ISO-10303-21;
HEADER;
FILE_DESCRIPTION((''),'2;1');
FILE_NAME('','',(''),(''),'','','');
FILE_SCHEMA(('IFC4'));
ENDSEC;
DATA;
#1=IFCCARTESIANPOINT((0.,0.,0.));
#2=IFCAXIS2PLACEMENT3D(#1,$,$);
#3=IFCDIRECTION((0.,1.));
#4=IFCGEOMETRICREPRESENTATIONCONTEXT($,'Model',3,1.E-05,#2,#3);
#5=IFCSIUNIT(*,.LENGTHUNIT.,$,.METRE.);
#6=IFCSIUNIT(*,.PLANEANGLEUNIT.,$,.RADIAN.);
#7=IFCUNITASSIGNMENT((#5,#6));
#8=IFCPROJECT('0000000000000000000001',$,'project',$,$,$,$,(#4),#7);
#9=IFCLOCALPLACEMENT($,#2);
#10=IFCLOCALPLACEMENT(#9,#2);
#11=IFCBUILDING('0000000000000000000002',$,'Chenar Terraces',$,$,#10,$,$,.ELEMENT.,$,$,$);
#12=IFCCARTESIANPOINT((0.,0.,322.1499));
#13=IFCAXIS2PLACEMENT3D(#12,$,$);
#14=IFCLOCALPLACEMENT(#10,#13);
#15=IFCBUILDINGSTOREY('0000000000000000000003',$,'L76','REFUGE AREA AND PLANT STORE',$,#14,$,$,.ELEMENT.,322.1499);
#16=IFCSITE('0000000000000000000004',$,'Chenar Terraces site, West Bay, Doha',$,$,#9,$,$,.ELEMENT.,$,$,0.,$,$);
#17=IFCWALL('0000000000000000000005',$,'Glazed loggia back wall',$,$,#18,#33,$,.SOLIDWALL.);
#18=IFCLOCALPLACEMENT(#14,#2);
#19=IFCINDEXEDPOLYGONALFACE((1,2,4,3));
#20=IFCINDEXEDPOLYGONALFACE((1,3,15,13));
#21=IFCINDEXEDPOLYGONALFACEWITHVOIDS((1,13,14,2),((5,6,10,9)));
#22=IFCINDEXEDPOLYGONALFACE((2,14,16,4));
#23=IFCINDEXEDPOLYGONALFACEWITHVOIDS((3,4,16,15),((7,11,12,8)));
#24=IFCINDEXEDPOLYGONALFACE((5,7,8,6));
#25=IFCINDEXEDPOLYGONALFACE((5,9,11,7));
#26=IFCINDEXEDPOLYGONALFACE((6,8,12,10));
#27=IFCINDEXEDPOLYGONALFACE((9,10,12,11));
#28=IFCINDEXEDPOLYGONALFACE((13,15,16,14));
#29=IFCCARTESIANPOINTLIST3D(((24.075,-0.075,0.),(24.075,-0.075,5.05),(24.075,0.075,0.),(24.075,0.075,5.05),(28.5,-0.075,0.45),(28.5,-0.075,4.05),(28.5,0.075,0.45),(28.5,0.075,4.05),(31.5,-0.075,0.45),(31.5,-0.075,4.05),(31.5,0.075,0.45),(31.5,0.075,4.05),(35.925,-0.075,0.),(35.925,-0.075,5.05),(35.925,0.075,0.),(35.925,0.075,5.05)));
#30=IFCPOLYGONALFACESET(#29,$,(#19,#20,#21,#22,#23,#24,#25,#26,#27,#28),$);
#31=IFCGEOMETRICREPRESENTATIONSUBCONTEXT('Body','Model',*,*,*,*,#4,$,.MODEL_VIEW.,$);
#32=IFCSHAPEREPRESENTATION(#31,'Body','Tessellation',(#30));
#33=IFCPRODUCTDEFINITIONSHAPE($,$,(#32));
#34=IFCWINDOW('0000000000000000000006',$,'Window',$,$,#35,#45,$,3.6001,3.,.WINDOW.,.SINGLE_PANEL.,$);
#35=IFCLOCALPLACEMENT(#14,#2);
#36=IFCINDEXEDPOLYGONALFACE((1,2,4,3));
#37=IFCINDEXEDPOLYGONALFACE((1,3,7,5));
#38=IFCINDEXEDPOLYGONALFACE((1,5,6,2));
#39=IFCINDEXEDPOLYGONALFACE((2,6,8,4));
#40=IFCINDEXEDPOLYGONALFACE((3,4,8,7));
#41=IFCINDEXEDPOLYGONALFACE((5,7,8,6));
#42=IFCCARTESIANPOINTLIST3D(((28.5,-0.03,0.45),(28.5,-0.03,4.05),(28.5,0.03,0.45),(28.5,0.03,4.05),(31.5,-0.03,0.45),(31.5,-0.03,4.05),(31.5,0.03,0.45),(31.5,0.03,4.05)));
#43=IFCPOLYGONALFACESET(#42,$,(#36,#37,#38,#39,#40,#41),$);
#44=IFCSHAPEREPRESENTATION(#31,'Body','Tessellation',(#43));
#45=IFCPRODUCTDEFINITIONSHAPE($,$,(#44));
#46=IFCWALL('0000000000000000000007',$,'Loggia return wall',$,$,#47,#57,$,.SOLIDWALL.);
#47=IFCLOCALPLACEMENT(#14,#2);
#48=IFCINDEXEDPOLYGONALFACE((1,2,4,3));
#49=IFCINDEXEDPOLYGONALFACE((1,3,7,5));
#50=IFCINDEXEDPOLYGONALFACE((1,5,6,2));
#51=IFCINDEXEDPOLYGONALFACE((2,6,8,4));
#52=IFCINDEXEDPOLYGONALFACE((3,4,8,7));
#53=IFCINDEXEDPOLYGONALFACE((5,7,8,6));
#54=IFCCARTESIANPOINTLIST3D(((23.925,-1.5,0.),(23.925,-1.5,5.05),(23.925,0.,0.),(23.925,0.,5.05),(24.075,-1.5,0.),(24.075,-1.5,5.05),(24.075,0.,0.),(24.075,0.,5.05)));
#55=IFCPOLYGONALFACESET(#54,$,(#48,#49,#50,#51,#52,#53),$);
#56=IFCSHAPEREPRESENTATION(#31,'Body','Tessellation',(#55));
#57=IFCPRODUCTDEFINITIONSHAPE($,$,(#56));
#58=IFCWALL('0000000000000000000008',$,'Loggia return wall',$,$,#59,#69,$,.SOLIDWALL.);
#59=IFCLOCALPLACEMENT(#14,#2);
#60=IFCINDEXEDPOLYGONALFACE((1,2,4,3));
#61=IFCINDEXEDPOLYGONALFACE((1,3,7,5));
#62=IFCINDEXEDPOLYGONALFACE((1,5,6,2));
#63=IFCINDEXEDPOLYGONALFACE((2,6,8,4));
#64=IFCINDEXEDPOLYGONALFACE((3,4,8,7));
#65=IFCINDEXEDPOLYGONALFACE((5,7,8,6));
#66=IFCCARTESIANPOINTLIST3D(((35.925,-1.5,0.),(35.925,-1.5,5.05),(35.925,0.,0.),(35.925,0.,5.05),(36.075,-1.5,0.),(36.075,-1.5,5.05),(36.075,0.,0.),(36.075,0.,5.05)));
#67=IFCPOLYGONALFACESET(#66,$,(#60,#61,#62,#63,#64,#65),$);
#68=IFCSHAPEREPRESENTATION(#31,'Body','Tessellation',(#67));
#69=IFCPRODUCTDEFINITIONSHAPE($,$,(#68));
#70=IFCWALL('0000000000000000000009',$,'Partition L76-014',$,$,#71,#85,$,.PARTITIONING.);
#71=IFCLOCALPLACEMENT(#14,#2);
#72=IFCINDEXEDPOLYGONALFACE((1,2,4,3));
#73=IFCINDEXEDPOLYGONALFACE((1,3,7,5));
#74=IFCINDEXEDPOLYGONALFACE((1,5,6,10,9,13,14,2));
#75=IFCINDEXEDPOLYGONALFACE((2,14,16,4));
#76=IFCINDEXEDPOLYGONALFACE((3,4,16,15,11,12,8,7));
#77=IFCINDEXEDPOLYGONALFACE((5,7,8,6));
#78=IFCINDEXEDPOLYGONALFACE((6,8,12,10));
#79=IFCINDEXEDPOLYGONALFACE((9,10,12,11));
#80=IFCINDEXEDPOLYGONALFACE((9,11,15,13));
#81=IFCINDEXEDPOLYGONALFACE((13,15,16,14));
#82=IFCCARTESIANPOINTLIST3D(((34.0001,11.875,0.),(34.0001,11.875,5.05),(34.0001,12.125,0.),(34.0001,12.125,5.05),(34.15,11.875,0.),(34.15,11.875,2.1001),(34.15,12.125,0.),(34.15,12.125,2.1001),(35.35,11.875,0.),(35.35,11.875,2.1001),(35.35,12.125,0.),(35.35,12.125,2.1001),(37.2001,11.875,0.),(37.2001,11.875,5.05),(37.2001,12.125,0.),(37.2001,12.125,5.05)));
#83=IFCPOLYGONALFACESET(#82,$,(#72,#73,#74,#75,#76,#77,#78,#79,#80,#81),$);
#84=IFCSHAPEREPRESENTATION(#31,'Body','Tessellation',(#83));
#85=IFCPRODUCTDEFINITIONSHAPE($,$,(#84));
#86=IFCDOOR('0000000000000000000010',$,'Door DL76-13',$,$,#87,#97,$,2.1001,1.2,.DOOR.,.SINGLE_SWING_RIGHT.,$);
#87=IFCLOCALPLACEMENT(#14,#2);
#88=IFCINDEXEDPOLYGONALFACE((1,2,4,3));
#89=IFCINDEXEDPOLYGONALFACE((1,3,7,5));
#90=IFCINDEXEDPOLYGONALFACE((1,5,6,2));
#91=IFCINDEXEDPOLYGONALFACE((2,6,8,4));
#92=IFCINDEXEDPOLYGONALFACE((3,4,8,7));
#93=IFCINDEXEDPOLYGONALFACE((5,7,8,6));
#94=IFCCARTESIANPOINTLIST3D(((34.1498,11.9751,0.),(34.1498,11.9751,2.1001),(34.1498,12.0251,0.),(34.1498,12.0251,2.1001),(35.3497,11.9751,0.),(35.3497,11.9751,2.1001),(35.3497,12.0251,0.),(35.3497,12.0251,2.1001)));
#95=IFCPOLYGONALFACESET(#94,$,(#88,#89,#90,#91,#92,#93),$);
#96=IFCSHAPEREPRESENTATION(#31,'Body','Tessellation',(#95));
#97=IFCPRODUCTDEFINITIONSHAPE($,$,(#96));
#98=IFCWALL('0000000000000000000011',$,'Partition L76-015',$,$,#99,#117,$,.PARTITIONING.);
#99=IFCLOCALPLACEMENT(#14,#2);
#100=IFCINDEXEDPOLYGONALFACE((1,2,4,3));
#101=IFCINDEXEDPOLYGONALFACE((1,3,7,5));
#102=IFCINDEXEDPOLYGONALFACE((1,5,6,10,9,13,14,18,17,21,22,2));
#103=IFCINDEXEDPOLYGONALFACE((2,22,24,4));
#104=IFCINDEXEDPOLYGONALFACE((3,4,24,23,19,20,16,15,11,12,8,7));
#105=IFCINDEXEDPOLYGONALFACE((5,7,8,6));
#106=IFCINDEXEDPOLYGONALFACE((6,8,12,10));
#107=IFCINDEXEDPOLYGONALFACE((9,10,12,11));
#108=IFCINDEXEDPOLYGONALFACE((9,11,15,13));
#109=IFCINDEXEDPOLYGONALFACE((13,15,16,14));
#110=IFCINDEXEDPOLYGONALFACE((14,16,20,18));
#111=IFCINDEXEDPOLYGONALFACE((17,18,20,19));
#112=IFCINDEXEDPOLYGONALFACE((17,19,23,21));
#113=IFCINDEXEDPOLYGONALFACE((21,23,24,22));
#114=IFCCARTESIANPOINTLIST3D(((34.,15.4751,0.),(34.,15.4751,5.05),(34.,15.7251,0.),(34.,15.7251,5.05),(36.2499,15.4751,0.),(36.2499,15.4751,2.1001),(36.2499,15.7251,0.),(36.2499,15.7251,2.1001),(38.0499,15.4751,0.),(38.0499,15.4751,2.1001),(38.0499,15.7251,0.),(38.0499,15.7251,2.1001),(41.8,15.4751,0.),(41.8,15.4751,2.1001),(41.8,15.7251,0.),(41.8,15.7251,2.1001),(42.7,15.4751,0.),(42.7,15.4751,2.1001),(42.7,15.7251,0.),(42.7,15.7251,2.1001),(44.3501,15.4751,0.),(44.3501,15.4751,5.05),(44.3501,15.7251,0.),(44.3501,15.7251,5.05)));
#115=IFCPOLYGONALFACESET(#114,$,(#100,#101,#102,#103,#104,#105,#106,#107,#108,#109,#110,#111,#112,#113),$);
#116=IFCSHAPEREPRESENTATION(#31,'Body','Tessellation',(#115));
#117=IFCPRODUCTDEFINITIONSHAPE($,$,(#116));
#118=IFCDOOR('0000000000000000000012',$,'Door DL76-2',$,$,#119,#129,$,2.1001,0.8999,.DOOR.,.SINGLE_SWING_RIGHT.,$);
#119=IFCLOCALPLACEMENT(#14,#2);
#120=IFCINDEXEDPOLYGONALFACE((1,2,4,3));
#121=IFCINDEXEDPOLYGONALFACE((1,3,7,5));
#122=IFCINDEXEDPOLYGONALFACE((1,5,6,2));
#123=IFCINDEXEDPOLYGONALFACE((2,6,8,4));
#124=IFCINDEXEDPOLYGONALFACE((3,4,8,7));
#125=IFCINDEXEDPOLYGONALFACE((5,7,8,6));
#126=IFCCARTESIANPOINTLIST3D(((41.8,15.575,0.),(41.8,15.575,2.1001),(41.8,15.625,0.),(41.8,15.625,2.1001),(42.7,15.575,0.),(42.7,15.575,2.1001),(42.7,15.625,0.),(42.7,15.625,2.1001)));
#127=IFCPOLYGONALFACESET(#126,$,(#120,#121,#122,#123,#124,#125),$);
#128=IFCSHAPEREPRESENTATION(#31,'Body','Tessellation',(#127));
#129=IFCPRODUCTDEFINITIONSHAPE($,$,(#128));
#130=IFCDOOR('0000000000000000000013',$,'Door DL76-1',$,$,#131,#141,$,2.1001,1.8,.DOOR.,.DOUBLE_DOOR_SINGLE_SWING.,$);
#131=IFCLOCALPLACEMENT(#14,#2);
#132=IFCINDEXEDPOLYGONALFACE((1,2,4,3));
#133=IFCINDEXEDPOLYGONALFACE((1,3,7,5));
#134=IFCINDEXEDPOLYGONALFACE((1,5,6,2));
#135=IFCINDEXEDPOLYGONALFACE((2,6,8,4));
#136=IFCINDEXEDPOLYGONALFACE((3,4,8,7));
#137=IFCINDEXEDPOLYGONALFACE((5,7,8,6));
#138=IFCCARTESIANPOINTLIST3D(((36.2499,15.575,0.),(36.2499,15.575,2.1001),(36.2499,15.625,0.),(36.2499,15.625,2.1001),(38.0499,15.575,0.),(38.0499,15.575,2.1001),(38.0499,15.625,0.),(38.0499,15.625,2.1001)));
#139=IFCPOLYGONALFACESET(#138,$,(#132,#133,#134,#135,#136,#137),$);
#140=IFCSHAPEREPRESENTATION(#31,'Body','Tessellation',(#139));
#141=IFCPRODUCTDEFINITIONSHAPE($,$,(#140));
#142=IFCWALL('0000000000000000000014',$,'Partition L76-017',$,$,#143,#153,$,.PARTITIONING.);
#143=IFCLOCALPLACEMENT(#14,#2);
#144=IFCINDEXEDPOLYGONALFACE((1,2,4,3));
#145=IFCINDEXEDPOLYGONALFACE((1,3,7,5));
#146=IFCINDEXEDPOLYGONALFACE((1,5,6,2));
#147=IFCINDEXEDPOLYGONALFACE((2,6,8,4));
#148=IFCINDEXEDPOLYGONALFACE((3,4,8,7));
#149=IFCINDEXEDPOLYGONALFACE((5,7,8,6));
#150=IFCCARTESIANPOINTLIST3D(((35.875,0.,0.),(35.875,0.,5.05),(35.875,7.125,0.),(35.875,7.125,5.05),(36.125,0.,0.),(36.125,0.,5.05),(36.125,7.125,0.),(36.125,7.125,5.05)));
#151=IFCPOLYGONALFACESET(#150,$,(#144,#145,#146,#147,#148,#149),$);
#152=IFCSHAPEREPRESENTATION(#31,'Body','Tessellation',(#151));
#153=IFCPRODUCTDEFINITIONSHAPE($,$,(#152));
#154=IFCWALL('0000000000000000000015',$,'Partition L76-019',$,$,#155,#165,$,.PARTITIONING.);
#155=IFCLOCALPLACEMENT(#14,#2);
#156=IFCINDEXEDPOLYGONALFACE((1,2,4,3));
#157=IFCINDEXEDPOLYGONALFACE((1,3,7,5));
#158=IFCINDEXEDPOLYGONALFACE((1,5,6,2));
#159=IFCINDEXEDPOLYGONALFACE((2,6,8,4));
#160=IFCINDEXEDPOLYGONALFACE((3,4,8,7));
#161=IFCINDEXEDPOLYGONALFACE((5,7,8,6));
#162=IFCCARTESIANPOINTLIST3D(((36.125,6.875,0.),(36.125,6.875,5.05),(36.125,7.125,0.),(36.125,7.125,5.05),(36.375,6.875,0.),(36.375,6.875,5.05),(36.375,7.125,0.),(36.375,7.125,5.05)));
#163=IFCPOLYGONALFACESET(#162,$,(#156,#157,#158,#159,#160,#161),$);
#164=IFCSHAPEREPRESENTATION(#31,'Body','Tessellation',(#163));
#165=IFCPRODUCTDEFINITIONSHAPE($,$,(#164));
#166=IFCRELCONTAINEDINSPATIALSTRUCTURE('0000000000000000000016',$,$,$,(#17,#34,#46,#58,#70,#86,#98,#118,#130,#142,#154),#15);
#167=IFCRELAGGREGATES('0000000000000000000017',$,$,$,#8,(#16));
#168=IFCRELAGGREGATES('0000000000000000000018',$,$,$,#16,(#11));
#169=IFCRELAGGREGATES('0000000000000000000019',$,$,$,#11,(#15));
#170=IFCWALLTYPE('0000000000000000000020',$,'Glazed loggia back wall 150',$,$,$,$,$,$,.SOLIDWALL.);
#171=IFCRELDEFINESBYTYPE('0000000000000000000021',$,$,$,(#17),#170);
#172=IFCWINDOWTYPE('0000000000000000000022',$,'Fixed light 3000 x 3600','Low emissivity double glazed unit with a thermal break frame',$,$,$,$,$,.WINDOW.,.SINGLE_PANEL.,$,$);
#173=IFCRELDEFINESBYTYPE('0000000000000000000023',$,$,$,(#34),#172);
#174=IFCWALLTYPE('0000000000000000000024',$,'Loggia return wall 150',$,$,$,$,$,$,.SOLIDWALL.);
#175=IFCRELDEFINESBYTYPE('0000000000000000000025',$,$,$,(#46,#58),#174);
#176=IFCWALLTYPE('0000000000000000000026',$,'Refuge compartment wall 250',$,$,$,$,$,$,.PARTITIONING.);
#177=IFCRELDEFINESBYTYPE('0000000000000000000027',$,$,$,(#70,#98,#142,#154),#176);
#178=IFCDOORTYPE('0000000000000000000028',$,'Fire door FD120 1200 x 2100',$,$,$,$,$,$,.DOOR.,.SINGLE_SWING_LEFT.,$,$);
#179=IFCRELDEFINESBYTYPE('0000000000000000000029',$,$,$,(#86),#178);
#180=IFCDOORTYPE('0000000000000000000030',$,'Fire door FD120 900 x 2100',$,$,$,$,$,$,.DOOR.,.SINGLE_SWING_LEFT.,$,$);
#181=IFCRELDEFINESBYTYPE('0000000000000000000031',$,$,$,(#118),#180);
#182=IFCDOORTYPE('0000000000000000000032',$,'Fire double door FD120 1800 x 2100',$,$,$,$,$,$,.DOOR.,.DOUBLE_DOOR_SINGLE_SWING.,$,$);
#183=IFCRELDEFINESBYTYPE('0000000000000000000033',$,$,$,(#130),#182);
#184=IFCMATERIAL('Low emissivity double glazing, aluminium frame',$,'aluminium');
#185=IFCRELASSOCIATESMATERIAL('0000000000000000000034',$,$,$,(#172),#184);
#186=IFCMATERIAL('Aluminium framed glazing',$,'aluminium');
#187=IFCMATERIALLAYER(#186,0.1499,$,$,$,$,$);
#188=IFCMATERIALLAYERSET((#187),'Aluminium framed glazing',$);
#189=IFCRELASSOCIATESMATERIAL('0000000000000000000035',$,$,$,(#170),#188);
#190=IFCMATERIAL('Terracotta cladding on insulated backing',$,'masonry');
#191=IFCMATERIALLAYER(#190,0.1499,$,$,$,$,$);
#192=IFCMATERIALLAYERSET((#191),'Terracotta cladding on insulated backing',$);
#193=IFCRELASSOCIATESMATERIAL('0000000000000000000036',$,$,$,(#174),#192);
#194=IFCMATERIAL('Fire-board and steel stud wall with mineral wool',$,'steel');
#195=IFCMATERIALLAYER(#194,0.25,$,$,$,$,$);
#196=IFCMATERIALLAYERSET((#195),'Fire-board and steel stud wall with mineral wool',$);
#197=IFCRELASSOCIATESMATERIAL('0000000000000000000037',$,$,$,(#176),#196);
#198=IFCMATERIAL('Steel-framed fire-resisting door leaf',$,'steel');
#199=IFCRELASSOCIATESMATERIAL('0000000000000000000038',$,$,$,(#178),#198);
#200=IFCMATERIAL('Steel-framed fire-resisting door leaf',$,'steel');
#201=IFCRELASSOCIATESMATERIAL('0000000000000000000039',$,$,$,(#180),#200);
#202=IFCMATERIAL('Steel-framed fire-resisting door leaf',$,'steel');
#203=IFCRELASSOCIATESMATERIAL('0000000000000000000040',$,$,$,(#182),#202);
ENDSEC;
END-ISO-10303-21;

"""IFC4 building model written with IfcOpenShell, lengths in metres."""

from ifc_helpers import new_model, si_unit, direction, frame, frame_2d, origin, place, context, subcontext, project, spatial, rectangle, extrude, material, layer, layer_set, type_object, element, fill, save


model = new_model("IFC4")

# Units and contexts
model_context = context("Model", 3, precision=1e-05, world=origin(), true_north=direction((0.0, 1.0)))
body_context = subcontext(model_context, "Body", "Model", "MODEL_VIEW")
ifc_project = project(units=[si_unit("LENGTHUNIT", "METRE"), si_unit("PLANEANGLEUNIT", "RADIAN")], contexts=[model_context])

# Site, building, storey
site_placement = place(None, origin())
site = spatial("IfcSite", under=ifc_project, at=site_placement, Name="Chenar Terraces site, West Bay, Doha", CompositionType="ELEMENT", RefElevation=0.0)
building_placement = place(site_placement, origin())
building = spatial("IfcBuilding", under=site, at=building_placement, Name="Chenar Terraces", CompositionType="ELEMENT")
storey_placement = place(building_placement, frame((0.0, 0.0, 322.1499)))
storey = spatial("IfcBuildingStorey", under=building, at=storey_placement, Name="L76", Description="REFUGE AREA AND PLANT STORE", CompositionType="ELEMENT", Elevation=322.1499)

# Shared definitions
ifc_material_1 = material(Name="Low emissivity double glazing, aluminium frame", Category="aluminium")
window_type_1 = type_object("IfcWindowType", Name="Fixed light 3000 x 3600", Description="Low emissivity double glazed unit with a thermal break frame", PartitioningType="SINGLE_PANEL", PredefinedType="WINDOW", material=ifc_material_1)

# Wall, opening, window
ifc_material_2 = material(Name="Aluminium framed glazing", Category="aluminium")
ifc_layer_1 = layer(ifc_material_2, 0.1499)
ifc_layer_set_1 = layer_set([ifc_layer_1], Name="Aluminium framed glazing")
wall_type_1 = type_object("IfcWallType", Name="Glazed loggia back wall 150", PredefinedType="SOLIDWALL", material=ifc_layer_set_1)
wall_1_placement = place(storey_placement, frame((24.075, 0.0, 0.0), z_axis=(0.0, 0.0, 1.0), x_axis=(1.0, 0.0, 0.0)))
wall_1 = element("IfcWall", 1, at=wall_1_placement, inside=storey, type_object=wall_type_1, Name="Glazed loggia back wall", PredefinedType="SOLIDWALL", context=body_context, shape_type="SweptSolid", body=[
    extrude(rectangle(XDim=11.8501, YDim=0.1499, at=frame_2d((5.925, 0.0))), origin(), (0.0, 0.0, 1.0), 5.05),
])
opening_1_placement = place(wall_1_placement, frame((4.425, 0.0, 0.45)))
opening_1 = element("IfcOpeningElement", 2, at=opening_1_placement, cuts=wall_1, PredefinedType="OPENING", context=body_context, shape_type="SweptSolid", body=[
    extrude(rectangle(XDim=3.0, YDim=3.6001, at=frame_2d((1.5, 1.8))), frame((0.0, 0.085, 0.0), z_axis=(0.0, -1.0, 0.0), x_axis=(1.0, 0.0, 0.0)), (0.0, 0.0, 1.0), 0.1699),
])
window_1_placement = place(opening_1_placement, origin())
window_1 = element("IfcWindow", 3, at=window_1_placement, inside=storey, type_object=window_type_1, Name="Window", OverallHeight=3.6001, OverallWidth=3.0, PartitioningType="SINGLE_PANEL", PredefinedType="WINDOW", context=body_context, shape_type="SweptSolid", body=[
    extrude(rectangle(XDim=3.0, YDim=3.6001, at=frame_2d((1.5, 1.8))), frame((0.0, 0.03, 0.0), z_axis=(0.0, -1.0, 0.0), x_axis=(1.0, 0.0, 0.0)), (0.0, 0.0, 1.0), 0.0601),
])
fill(opening_1, window_1)

# Walls
ifc_material_3 = material(Name="Terracotta cladding on insulated backing", Category="masonry")
ifc_layer_2 = layer(ifc_material_3, 0.1499)
ifc_layer_set_2 = layer_set([ifc_layer_2], Name="Terracotta cladding on insulated backing")
wall_type_2 = type_object("IfcWallType", Name="Loggia return wall 150", PredefinedType="SOLIDWALL", material=ifc_layer_set_2)
for number, where, z_axis, x_axis, name in (
    (4, (24.0, -1.5, 0.0), (0.0, 0.0, 1.0), (0.0, 1.0, 0.0), "Loggia return wall"),
    (5, (36.0, -1.5, 0.0), (0.0, 0.0, 1.0), (0.0, 1.0, 0.0), "Loggia return wall"),
):
    element("IfcWall", number, at=place(storey_placement, frame(where, z_axis=z_axis, x_axis=x_axis)), inside=storey, type_object=wall_type_2, Name=name, PredefinedType="SOLIDWALL", context=body_context, shape_type="SweptSolid", body=[
        extrude(rectangle(XDim=1.5, YDim=0.1499, at=frame_2d((0.75, 0.0))), origin(), (0.0, 0.0, 1.0), 5.05),
    ])

# Wall, opening, door
ifc_material_4 = material(Name="Fire-board and steel stud wall with mineral wool", Category="steel")
ifc_layer_3 = layer(ifc_material_4, 0.25)
ifc_layer_set_3 = layer_set([ifc_layer_3], Name="Fire-board and steel stud wall with mineral wool")
wall_type_3 = type_object("IfcWallType", Name="Refuge compartment wall 250", PredefinedType="PARTITIONING", material=ifc_layer_set_3)
wall_2_placement = place(storey_placement, frame((34.0, 12.0, 0.0), z_axis=(0.0, 0.0, 1.0), x_axis=(1.0, 0.0, 0.0)))
wall_2 = element("IfcWall", 6, at=wall_2_placement, inside=storey, type_object=wall_type_3, Name="Partition L76-014", PredefinedType="PARTITIONING", context=body_context, shape_type="SweptSolid", body=[
    extrude(rectangle(XDim=3.2, YDim=0.25, at=frame_2d((1.6001, 0.0))), origin(), (0.0, 0.0, 1.0), 5.05),
])
opening_2_placement = place(wall_2_placement, frame((0.1499, 0.0, 0.0)))
opening_2 = element("IfcOpeningElement", 7, at=opening_2_placement, cuts=wall_2, PredefinedType="OPENING", context=body_context, shape_type="SweptSolid", body=[
    extrude(rectangle(XDim=1.2, YDim=2.1001, at=frame_2d((0.6001, 1.05))), frame((0.0, 0.135, 0.0), z_axis=(0.0, -1.0, 0.0), x_axis=(1.0, 0.0, 0.0)), (0.0, 0.0, 1.0), 0.27),
])
ifc_material_5 = material(Name="Steel-framed fire-resisting door leaf", Category="steel")
door_type_1 = type_object("IfcDoorType", Name="Fire door FD120 1200 x 2100", OperationType="SINGLE_SWING_LEFT", PredefinedType="DOOR", material=ifc_material_5)
door_1_placement = place(opening_2_placement, frame((1.2, 0.0, 0.0), z_axis=(0.0, 0.0, 1.0), x_axis=(-1.0, 0.0, 0.0)))
door_1 = element("IfcDoor", 8, at=door_1_placement, inside=storey, type_object=door_type_1, Name="Door DL76-13", OperationType="SINGLE_SWING_RIGHT", OverallHeight=2.1001, OverallWidth=1.2, PredefinedType="DOOR", context=body_context, shape_type="SweptSolid", body=[
    extrude(rectangle(XDim=1.2, YDim=2.1001, at=frame_2d((0.6001, 1.05))), frame((0.0, 0.0249, 0.0), z_axis=(0.0, -1.0, 0.0), x_axis=(1.0, 0.0, 0.0)), (0.0, 0.0, 1.0), 0.05),
])
fill(opening_2, door_1)

# Wall, openings, doors
wall_3_placement = place(storey_placement, frame((34.0, 15.6001, 0.0), z_axis=(0.0, 0.0, 1.0), x_axis=(1.0, 0.0, 0.0)))
wall_3 = element("IfcWall", 9, at=wall_3_placement, inside=storey, type_object=wall_type_3, Name="Partition L76-015", PredefinedType="PARTITIONING", context=body_context, shape_type="SweptSolid", body=[
    extrude(rectangle(XDim=10.3501, YDim=0.25, at=frame_2d((5.175, 0.0))), origin(), (0.0, 0.0, 1.0), 5.05),
])
opening_3_placement = place(wall_3_placement, frame((2.25, 0.0, 0.0)))
opening_3 = element("IfcOpeningElement", 10, at=opening_3_placement, cuts=wall_3, PredefinedType="OPENING", context=body_context, shape_type="SweptSolid", body=[
    extrude(rectangle(XDim=1.8, YDim=2.1001, at=frame_2d((0.8999, 1.05))), frame((0.0, 0.135, 0.0), z_axis=(0.0, -1.0, 0.0), x_axis=(1.0, 0.0, 0.0)), (0.0, 0.0, 1.0), 0.27),
])
opening_4_placement = place(wall_3_placement, frame((7.8, 0.0, 0.0)))
opening_4 = element("IfcOpeningElement", 11, at=opening_4_placement, cuts=wall_3, PredefinedType="OPENING", context=body_context, shape_type="SweptSolid", body=[
    extrude(rectangle(XDim=0.8999, YDim=2.1001, at=frame_2d((0.45, 1.05))), frame((0.0, 0.135, 0.0), z_axis=(0.0, -1.0, 0.0), x_axis=(1.0, 0.0, 0.0)), (0.0, 0.0, 1.0), 0.27),
])
ifc_material_6 = material(Name="Steel-framed fire-resisting door leaf", Category="steel")
door_type_2 = type_object("IfcDoorType", Name="Fire door FD120 900 x 2100", OperationType="SINGLE_SWING_LEFT", PredefinedType="DOOR", material=ifc_material_6)
door_2_placement = place(opening_4_placement, origin())
door_2 = element("IfcDoor", 12, at=door_2_placement, inside=storey, type_object=door_type_2, Name="Door DL76-2", OperationType="SINGLE_SWING_RIGHT", OverallHeight=2.1001, OverallWidth=0.8999, PredefinedType="DOOR", context=body_context, shape_type="SweptSolid", body=[
    extrude(rectangle(XDim=0.8999, YDim=2.1001, at=frame_2d((0.45, 1.05))), frame((0.0, 0.0249, 0.0), z_axis=(0.0, -1.0, 0.0), x_axis=(1.0, 0.0, 0.0)), (0.0, 0.0, 1.0), 0.05),
])
fill(opening_4, door_2)
ifc_material_7 = material(Name="Steel-framed fire-resisting door leaf", Category="steel")
door_type_3 = type_object("IfcDoorType", Name="Fire double door FD120 1800 x 2100", OperationType="DOUBLE_DOOR_SINGLE_SWING", PredefinedType="DOOR", material=ifc_material_7)
door_3_placement = place(opening_3_placement, origin())
door_3 = element("IfcDoor", 13, at=door_3_placement, inside=storey, type_object=door_type_3, Name="Door DL76-1", OperationType="DOUBLE_DOOR_SINGLE_SWING", OverallHeight=2.1001, OverallWidth=1.8, PredefinedType="DOOR", context=body_context, shape_type="SweptSolid", body=[
    extrude(rectangle(XDim=1.8, YDim=2.1001, at=frame_2d((0.8999, 1.05))), frame((0.0, 0.0249, 0.0), z_axis=(0.0, -1.0, 0.0), x_axis=(1.0, 0.0, 0.0)), (0.0, 0.0, 1.0), 0.05),
])
fill(opening_3, door_3)

# Walls
wall_4_placement = place(storey_placement, frame((36.0, 0.0, 0.0), z_axis=(0.0, 0.0, 1.0), x_axis=(0.0, 1.0, 0.0)))
element("IfcWall", 14, at=wall_4_placement, inside=storey, type_object=wall_type_3, Name="Partition L76-017", PredefinedType="PARTITIONING", context=body_context, shape_type="SweptSolid", body=[
    extrude(rectangle(XDim=7.125, YDim=0.25, at=frame_2d((3.5625, 0.0))), origin(), (0.0, 0.0, 1.0), 5.05),
])
wall_5_placement = place(storey_placement, frame((36.125, 7.0, 0.0), z_axis=(0.0, 0.0, 1.0), x_axis=(1.0, 0.0, 0.0)))
element("IfcWall", 15, at=wall_5_placement, inside=storey, type_object=wall_type_3, Name="Partition L76-019", PredefinedType="PARTITIONING", context=body_context, shape_type="SweptSolid", body=[
    extrude(rectangle(XDim=0.25, YDim=0.25, at=frame_2d((0.125, 0.0))), origin(), (0.0, 0.0, 1.0), 5.05),
])

save(model, "model.ifc")
